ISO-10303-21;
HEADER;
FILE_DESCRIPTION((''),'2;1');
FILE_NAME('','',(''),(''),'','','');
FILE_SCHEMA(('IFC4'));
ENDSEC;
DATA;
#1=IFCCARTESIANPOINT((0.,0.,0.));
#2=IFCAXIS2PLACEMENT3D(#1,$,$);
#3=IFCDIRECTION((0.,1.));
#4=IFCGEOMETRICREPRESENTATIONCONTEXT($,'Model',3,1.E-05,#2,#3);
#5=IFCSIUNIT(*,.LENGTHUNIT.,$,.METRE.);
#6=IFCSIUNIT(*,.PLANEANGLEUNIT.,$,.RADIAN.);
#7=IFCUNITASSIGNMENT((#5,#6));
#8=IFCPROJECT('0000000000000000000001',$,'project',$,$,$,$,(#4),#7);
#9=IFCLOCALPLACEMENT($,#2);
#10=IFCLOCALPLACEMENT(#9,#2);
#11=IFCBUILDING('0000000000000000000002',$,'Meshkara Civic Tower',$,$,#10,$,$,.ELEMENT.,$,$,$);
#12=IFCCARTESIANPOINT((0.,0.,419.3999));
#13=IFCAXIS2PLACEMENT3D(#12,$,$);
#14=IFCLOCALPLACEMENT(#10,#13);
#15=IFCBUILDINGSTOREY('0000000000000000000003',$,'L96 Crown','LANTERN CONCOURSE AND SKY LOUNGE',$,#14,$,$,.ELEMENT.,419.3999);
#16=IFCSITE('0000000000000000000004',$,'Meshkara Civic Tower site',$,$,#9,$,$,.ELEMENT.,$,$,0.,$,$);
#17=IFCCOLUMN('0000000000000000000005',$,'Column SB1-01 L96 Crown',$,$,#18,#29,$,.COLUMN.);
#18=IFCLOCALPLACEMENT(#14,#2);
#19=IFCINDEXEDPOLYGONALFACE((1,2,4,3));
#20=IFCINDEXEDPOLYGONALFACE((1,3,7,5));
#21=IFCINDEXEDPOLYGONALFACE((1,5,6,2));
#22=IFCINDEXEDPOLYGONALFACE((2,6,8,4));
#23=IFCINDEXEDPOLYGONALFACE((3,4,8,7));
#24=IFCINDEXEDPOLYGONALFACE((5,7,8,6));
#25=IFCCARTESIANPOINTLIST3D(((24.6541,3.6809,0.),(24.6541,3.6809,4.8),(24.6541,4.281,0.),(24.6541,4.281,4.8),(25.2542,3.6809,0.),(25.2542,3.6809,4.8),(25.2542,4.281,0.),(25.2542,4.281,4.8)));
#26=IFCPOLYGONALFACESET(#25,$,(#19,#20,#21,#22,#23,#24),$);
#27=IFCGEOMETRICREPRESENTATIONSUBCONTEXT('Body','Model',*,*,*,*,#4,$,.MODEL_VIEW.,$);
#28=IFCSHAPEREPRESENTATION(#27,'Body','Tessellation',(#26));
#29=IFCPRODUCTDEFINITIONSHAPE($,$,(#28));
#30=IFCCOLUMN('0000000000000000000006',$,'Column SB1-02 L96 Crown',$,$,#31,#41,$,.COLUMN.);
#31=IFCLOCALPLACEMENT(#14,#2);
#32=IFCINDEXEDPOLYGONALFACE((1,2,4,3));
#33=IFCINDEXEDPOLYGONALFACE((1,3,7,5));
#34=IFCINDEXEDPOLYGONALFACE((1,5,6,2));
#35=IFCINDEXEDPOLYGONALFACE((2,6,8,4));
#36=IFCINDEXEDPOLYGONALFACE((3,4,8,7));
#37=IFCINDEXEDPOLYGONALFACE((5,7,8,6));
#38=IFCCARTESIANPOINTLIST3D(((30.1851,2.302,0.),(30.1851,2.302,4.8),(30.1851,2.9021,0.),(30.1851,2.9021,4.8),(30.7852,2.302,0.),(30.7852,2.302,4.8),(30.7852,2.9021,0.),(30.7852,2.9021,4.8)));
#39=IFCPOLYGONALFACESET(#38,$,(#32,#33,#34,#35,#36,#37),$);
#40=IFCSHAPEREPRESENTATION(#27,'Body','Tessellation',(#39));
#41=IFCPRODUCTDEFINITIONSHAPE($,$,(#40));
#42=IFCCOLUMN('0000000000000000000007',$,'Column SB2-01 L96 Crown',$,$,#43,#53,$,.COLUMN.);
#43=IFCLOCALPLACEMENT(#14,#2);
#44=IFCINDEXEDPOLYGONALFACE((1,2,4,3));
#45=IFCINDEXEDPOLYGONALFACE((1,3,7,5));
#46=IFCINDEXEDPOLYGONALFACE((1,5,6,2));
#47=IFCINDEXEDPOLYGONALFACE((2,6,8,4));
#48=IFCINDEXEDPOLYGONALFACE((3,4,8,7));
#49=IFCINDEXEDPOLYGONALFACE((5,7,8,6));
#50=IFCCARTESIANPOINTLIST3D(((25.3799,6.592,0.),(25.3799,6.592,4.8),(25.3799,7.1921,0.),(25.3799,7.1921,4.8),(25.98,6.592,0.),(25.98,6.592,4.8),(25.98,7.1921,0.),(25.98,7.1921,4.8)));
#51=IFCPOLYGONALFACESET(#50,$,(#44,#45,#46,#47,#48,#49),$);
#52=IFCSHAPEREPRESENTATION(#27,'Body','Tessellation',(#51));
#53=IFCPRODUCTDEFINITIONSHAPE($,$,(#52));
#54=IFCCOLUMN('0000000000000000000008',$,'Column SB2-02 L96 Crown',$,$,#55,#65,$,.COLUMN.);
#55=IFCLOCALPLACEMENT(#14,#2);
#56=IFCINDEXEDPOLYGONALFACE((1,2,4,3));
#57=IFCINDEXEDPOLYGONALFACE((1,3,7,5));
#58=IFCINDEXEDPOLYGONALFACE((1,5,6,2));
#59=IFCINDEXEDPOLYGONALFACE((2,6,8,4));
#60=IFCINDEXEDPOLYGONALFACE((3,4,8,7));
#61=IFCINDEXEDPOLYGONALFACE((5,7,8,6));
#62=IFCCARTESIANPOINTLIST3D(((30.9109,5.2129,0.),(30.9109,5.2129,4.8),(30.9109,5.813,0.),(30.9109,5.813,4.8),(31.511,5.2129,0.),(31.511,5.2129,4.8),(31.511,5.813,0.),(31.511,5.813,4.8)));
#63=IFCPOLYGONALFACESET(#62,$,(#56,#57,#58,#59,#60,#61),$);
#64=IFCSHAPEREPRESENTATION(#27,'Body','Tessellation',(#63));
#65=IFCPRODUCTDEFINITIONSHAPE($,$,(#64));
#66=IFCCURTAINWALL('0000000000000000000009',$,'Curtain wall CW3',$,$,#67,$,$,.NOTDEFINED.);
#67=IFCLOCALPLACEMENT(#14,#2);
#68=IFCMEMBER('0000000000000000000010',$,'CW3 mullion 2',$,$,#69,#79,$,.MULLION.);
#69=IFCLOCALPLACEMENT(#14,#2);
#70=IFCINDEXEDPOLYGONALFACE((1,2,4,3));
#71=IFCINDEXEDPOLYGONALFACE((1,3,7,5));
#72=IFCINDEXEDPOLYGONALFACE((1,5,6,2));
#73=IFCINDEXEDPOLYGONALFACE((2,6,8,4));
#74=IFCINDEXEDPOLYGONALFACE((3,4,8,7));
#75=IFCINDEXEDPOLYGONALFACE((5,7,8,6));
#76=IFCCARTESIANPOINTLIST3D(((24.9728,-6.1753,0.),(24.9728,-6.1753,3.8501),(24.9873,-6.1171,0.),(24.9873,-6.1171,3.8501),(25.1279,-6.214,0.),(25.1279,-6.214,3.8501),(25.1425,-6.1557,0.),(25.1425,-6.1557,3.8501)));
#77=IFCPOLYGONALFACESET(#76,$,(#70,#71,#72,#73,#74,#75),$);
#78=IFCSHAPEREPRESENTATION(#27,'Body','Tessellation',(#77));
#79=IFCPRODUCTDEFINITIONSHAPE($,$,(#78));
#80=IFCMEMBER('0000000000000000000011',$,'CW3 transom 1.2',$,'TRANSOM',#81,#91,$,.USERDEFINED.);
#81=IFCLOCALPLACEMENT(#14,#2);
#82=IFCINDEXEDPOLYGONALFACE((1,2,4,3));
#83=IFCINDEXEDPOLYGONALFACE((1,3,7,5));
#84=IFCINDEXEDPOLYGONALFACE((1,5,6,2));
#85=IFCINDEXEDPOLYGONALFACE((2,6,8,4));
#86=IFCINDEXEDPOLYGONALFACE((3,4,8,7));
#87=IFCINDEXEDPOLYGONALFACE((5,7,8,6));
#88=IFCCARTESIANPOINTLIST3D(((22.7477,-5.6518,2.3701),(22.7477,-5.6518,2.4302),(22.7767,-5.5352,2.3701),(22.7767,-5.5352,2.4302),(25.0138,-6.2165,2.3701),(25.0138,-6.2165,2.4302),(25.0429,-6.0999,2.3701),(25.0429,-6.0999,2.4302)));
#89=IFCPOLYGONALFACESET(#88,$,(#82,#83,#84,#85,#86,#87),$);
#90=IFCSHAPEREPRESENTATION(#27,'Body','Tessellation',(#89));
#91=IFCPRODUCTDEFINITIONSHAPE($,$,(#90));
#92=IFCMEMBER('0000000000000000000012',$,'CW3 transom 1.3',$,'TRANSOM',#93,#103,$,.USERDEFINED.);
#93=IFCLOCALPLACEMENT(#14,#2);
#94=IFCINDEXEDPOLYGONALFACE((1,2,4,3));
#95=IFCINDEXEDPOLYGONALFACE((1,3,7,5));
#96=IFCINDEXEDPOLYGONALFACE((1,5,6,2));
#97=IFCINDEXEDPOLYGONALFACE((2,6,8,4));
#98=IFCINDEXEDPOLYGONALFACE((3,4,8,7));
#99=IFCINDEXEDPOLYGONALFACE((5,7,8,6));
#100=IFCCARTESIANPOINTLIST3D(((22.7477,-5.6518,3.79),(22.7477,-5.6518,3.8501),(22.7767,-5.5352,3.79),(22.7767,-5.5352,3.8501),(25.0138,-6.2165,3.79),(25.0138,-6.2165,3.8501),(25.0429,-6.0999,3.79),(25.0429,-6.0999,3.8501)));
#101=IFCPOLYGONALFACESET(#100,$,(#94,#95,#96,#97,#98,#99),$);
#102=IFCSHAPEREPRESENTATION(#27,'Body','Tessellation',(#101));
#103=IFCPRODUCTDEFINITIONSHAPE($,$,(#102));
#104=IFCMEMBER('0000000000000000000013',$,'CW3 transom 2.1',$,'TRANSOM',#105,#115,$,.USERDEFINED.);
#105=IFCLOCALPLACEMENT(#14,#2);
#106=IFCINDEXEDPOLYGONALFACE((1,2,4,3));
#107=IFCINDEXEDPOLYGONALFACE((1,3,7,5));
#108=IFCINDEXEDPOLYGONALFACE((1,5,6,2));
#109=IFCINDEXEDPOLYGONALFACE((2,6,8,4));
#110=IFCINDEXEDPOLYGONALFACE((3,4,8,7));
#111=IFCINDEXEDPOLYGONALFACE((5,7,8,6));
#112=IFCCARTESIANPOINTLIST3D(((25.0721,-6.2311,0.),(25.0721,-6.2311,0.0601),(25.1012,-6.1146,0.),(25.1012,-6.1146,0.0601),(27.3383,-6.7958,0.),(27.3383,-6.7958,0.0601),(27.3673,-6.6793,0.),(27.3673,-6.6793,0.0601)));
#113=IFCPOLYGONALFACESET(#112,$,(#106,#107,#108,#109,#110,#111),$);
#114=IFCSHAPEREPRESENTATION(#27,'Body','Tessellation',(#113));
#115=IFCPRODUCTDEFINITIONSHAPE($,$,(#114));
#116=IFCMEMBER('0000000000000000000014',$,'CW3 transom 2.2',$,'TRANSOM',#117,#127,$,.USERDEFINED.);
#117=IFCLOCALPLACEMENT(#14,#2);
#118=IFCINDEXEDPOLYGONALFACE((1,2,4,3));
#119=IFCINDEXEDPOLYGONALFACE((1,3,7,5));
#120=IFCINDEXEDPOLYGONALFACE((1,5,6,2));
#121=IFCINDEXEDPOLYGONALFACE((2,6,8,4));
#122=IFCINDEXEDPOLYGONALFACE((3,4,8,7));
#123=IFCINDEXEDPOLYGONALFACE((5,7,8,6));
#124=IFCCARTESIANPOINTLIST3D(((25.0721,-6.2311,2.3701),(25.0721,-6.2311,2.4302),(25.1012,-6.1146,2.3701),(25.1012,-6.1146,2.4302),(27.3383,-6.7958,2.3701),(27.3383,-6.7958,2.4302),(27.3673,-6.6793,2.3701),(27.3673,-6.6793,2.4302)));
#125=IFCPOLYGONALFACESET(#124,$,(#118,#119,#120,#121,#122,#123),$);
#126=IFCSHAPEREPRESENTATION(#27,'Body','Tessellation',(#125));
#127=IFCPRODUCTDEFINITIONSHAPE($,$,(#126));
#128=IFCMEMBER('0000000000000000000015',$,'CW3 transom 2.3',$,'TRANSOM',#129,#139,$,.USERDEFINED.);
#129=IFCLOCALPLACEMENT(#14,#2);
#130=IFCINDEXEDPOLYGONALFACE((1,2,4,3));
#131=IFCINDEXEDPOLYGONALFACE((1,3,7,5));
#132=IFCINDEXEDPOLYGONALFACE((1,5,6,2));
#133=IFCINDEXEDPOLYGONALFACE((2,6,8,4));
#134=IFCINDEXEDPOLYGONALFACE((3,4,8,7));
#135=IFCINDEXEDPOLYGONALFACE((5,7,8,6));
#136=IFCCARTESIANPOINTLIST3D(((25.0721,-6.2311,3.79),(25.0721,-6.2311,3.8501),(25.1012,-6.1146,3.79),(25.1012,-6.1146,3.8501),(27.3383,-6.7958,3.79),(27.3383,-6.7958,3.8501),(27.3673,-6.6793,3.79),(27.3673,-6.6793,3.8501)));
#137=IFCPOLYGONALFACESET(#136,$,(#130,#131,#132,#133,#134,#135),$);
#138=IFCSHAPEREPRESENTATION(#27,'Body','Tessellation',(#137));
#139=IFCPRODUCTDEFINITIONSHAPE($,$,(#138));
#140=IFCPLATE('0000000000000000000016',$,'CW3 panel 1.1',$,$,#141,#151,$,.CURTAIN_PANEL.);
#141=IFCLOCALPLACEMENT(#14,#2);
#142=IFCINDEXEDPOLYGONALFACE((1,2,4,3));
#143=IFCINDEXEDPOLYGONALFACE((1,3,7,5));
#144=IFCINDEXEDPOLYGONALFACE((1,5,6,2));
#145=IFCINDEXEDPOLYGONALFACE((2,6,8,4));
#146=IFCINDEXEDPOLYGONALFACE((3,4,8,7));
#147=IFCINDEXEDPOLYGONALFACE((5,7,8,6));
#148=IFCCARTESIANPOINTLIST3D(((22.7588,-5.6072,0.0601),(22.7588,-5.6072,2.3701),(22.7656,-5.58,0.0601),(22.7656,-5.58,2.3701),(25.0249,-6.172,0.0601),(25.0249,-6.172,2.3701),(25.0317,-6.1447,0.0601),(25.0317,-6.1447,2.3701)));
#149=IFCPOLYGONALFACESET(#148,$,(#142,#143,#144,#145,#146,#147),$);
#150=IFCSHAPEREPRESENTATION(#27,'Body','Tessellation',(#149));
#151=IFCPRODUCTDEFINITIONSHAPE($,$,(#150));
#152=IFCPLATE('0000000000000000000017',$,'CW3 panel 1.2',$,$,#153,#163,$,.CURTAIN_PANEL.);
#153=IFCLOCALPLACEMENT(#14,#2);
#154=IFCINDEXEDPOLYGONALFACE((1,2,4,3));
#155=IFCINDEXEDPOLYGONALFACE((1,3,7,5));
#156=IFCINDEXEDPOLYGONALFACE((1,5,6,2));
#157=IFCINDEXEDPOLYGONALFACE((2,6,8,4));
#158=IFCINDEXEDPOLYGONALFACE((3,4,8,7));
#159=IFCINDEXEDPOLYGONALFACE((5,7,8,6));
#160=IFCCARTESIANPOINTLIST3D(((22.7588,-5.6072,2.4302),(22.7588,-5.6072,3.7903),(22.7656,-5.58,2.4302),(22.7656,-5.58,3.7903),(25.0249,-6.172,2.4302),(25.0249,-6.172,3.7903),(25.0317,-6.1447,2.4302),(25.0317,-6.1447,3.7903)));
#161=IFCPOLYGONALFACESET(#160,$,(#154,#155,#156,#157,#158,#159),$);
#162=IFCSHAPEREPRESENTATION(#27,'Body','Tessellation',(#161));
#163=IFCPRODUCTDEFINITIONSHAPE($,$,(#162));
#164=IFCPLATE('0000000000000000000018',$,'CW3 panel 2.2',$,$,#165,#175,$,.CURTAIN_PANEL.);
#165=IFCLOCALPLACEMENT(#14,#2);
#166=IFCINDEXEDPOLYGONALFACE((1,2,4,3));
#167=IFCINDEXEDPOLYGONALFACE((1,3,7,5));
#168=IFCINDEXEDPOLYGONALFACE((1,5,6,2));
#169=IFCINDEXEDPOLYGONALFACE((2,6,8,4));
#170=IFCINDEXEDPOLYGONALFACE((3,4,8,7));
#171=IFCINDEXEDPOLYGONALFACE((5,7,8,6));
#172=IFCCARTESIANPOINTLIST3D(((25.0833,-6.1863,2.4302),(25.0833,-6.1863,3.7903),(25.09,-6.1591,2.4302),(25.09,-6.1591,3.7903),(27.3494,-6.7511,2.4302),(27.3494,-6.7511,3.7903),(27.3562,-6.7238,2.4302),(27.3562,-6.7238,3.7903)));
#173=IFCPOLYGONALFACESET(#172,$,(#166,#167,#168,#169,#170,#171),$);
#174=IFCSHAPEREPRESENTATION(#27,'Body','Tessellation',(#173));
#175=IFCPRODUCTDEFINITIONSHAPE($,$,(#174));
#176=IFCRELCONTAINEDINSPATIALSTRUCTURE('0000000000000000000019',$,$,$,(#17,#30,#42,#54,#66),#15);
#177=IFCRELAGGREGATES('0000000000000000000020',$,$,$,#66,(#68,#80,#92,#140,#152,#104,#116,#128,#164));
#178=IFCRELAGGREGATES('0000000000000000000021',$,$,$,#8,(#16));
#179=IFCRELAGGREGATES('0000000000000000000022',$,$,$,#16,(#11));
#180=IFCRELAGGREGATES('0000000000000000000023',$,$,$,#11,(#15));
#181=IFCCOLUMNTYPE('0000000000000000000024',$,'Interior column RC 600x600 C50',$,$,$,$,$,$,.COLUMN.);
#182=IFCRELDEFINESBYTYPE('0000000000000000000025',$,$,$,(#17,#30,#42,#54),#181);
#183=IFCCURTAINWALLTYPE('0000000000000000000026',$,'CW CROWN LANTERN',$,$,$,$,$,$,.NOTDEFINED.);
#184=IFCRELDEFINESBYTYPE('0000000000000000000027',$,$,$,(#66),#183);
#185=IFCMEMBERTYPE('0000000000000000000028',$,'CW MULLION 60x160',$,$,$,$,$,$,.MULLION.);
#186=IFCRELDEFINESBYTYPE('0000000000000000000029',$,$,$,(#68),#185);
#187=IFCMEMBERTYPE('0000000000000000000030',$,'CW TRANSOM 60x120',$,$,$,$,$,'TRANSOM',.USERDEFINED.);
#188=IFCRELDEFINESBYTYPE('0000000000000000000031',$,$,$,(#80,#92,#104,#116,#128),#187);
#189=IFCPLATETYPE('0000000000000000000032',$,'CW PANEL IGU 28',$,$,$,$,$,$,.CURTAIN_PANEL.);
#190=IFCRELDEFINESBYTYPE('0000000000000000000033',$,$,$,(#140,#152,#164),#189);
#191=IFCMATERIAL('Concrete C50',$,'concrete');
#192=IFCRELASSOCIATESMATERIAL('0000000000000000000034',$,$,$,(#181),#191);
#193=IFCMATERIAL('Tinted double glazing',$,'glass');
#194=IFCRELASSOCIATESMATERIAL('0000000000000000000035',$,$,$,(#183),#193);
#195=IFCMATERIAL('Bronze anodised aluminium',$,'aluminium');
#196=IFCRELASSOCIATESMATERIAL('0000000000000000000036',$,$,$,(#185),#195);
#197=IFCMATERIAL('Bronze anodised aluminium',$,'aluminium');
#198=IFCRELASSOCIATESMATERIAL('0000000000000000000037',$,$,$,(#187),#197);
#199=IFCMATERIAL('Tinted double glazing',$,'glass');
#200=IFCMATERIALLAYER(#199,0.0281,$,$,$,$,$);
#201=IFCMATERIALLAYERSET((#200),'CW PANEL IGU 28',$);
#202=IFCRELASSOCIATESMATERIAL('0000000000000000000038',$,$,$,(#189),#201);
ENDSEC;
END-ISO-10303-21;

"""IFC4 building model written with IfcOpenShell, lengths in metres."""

from ifc_helpers import new_model, si_unit, direction, frame, origin, origin_2d, place, context, subcontext, project, spatial, rectangle, extrude, material, layer, layer_set, material_profile, profile_set, type_object, element, aggregate, save


model = new_model("IFC4")

# Units and contexts
model_context = context("Model", 3, precision=1e-05, world=origin(), true_north=direction((0.0, 1.0)))
body_context = subcontext(model_context, "Body", "Model", "MODEL_VIEW")
ifc_project = project(units=[si_unit("LENGTHUNIT", "METRE"), si_unit("PLANEANGLEUNIT", "RADIAN")], contexts=[model_context])

# Site, building, storey
site_placement = place(None, origin())
site = spatial("IfcSite", under=ifc_project, at=site_placement, Name="Meshkara Civic Tower site", CompositionType="ELEMENT", RefElevation=0.0)
building_placement = place(site_placement, origin())
building = spatial("IfcBuilding", under=site, at=building_placement, Name="Meshkara Civic Tower", CompositionType="ELEMENT")
storey_placement = place(building_placement, frame((0.0, 0.0, 419.3999)))
storey = spatial("IfcBuildingStorey", under=building, at=storey_placement, Name="L96 Crown", Description="LANTERN CONCOURSE AND SKY LOUNGE", CompositionType="ELEMENT", Elevation=419.3999)

# Columns
ifc_material_1 = material(Name="Concrete C50", Category="concrete")
ifc_material_profile_1 = material_profile(ifc_material_1, rectangle(XDim=0.6001, YDim=0.6001, at=origin_2d()))
ifc_profile_set_1 = profile_set([ifc_material_profile_1], Name="Concrete C50")
column_type = type_object("IfcColumnType", Name="Interior column RC 600x600 C50", PredefinedType="COLUMN", material=ifc_profile_set_1)
for number, where, z_axis, x_axis, name in (
    (1, (24.9541, 3.981, 0.0), (0.0, 0.0, 1.0), (1.0, 0.0, 0.0), "Column SB1-01 L96 Crown"),
    (2, (30.4851, 2.6021, 0.0), (0.0, 0.0, 1.0), (1.0, 0.0, 0.0), "Column SB1-02 L96 Crown"),
    (3, (25.6799, 6.8921, 0.0), (0.0, 0.0, 1.0), (1.0, 0.0, 0.0), "Column SB2-01 L96 Crown"),
    (4, (31.2109, 5.5129, 0.0), (0.0, 0.0, 1.0), (1.0, 0.0, 0.0), "Column SB2-02 L96 Crown"),
):
    element("IfcColumn", number, at=place(storey_placement, frame(where, z_axis=z_axis, x_axis=x_axis)), inside=storey, type_object=column_type, Name=name, PredefinedType="COLUMN", context=body_context, shape_type="SweptSolid", body=[
        extrude(rectangle(XDim=0.6001, YDim=0.6001, at=origin_2d()), origin(), (0.0, 0.0, 1.0), 4.8),
    ])

# Curtain wall, members, plates
ifc_material_2 = material(Name="Tinted double glazing", Category="glass")
curtain_wall_type = type_object("IfcCurtainWallType", Name="CW CROWN LANTERN", PredefinedType="NOTDEFINED", material=ifc_material_2)
curtain_wall_placement = place(storey_placement, origin())
curtain_wall = element("IfcCurtainWall", 5, at=curtain_wall_placement, inside=storey, type_object=curtain_wall_type, Name="Curtain wall CW3", PredefinedType="NOTDEFINED")
ifc_material_3 = material(Name="Bronze anodised aluminium", Category="aluminium")
ifc_material_profile_2 = material_profile(ifc_material_3, rectangle(XDim=0.0601, YDim=0.1599, at=origin_2d()))
ifc_profile_set_2 = profile_set([ifc_material_profile_2], Name="Bronze anodised aluminium")
member_type_1 = type_object("IfcMemberType", Name="CW MULLION 60x160", PredefinedType="MULLION", material=ifc_profile_set_2)
member_1_placement = place(storey_placement, frame((25.0576, -6.1655, 0.0), z_axis=(0.0, 0.0, 1.0), x_axis=(0.241808, 0.970324, 0.0)))
member_1 = element("IfcMember", 6, at=member_1_placement, type_object=member_type_1, Name="CW3 mullion 2", PredefinedType="MULLION", context=body_context, shape_type="SweptSolid", body=[
    extrude(rectangle(XDim=0.0601, YDim=0.1599, at=origin_2d()), origin(), (0.0, 0.0, 1.0), 3.8501),
])
ifc_material_4 = material(Name="Bronze anodised aluminium", Category="aluminium")
ifc_material_profile_3 = material_profile(ifc_material_4, rectangle(XDim=0.1201, YDim=0.0601, at=origin_2d()))
ifc_profile_set_3 = profile_set([ifc_material_profile_3], Name="Bronze anodised aluminium")
member_type_2 = type_object("IfcMemberType", Name="CW TRANSOM 60x120", ElementType="TRANSOM", PredefinedType="USERDEFINED", material=ifc_profile_set_3)
member_2_placement = place(storey_placement, frame((22.7622, -5.5935, 2.4001), z_axis=(0.970327, -0.241798, 0.0), x_axis=(0.241798, 0.970327, 0.0)))
member_2 = element("IfcMember", 7, at=member_2_placement, type_object=member_type_2, Name="CW3 transom 1.2", ObjectType="TRANSOM", PredefinedType="USERDEFINED", context=body_context, shape_type="SweptSolid", body=[
    extrude(rectangle(XDim=0.1201, YDim=0.0601, at=origin_2d()), origin(), (0.0, 0.0, 1.0), 2.3354),
])
member_3_placement = place(storey_placement, frame((22.7622, -5.5935, 3.8201), z_axis=(0.970327, -0.241798, 0.0), x_axis=(0.241798, 0.970327, 0.0)))
member_3 = element("IfcMember", 8, at=member_3_placement, type_object=member_type_2, Name="CW3 transom 1.3", ObjectType="TRANSOM", PredefinedType="USERDEFINED", context=body_context, shape_type="SweptSolid", body=[
    extrude(rectangle(XDim=0.1201, YDim=0.0601, at=origin_2d()), origin(), (0.0, 0.0, 1.0), 2.3354),
])
member_4_placement = place(storey_placement, frame((25.0867, -6.1729, 0.03), z_axis=(0.970327, -0.241798, 0.0), x_axis=(0.241798, 0.970327, 0.0)))
member_4 = element("IfcMember", 9, at=member_4_placement, type_object=member_type_2, Name="CW3 transom 2.1", ObjectType="TRANSOM", PredefinedType="USERDEFINED", context=body_context, shape_type="SweptSolid", body=[
    extrude(rectangle(XDim=0.1201, YDim=0.0601, at=origin_2d()), origin(), (0.0, 0.0, 1.0), 2.3354),
])
member_5_placement = place(storey_placement, frame((25.0867, -6.1729, 2.4001), z_axis=(0.970327, -0.241798, 0.0), x_axis=(0.241798, 0.970327, 0.0)))
member_5 = element("IfcMember", 10, at=member_5_placement, type_object=member_type_2, Name="CW3 transom 2.2", ObjectType="TRANSOM", PredefinedType="USERDEFINED", context=body_context, shape_type="SweptSolid", body=[
    extrude(rectangle(XDim=0.1201, YDim=0.0601, at=origin_2d()), origin(), (0.0, 0.0, 1.0), 2.3354),
])
member_6_placement = place(storey_placement, frame((25.0867, -6.1729, 3.8201), z_axis=(0.970327, -0.241798, 0.0), x_axis=(0.241798, 0.970327, 0.0)))
member_6 = element("IfcMember", 11, at=member_6_placement, type_object=member_type_2, Name="CW3 transom 2.3", ObjectType="TRANSOM", PredefinedType="USERDEFINED", context=body_context, shape_type="SweptSolid", body=[
    extrude(rectangle(XDim=0.1201, YDim=0.0601, at=origin_2d()), origin(), (0.0, 0.0, 1.0), 2.3354),
])
ifc_material_5 = material(Name="Tinted double glazing", Category="glass")
ifc_layer_1 = layer(ifc_material_5, 0.0281)
ifc_layer_set_1 = layer_set([ifc_layer_1], Name="CW PANEL IGU 28")
plate_type = type_object("IfcPlateType", Name="CW PANEL IGU 28", PredefinedType="CURTAIN_PANEL", material=ifc_layer_set_1)
plate_1_placement = place(storey_placement, frame((23.8953, -5.876, 0.0601), z_axis=(0.0, 0.0, 1.0), x_axis=(0.970324, -0.241808, 0.0)))
plate_1 = element("IfcPlate", 12, at=plate_1_placement, type_object=plate_type, Name="CW3 panel 1.1", PredefinedType="CURTAIN_PANEL", context=body_context, shape_type="SweptSolid", body=[
    extrude(rectangle(XDim=2.3354, YDim=0.0281, at=origin_2d()), origin(), (0.0, 0.0, 1.0), 2.3101),
])
plate_2_placement = place(storey_placement, frame((23.8953, -5.876, 2.4302), z_axis=(0.0, 0.0, 1.0), x_axis=(0.970324, -0.241808, 0.0)))
plate_2 = element("IfcPlate", 13, at=plate_2_placement, type_object=plate_type, Name="CW3 panel 1.2", PredefinedType="CURTAIN_PANEL", context=body_context, shape_type="SweptSolid", body=[
    extrude(rectangle(XDim=2.3354, YDim=0.0281, at=origin_2d()), origin(), (0.0, 0.0, 1.0), 1.3601),
])
plate_3_placement = place(storey_placement, frame((26.2197, -6.4551, 2.4302), z_axis=(0.0, 0.0, 1.0), x_axis=(0.970324, -0.241808, 0.0)))
plate_3 = element("IfcPlate", 14, at=plate_3_placement, type_object=plate_type, Name="CW3 panel 2.2", PredefinedType="CURTAIN_PANEL", context=body_context, shape_type="SweptSolid", body=[
    extrude(rectangle(XDim=2.3354, YDim=0.0281, at=origin_2d()), origin(), (0.0, 0.0, 1.0), 1.3601),
])
aggregate(curtain_wall, [member_1, member_2, member_3, plate_1, plate_2, member_4, member_5, member_6, plate_3])

save(model, "model.ifc")
